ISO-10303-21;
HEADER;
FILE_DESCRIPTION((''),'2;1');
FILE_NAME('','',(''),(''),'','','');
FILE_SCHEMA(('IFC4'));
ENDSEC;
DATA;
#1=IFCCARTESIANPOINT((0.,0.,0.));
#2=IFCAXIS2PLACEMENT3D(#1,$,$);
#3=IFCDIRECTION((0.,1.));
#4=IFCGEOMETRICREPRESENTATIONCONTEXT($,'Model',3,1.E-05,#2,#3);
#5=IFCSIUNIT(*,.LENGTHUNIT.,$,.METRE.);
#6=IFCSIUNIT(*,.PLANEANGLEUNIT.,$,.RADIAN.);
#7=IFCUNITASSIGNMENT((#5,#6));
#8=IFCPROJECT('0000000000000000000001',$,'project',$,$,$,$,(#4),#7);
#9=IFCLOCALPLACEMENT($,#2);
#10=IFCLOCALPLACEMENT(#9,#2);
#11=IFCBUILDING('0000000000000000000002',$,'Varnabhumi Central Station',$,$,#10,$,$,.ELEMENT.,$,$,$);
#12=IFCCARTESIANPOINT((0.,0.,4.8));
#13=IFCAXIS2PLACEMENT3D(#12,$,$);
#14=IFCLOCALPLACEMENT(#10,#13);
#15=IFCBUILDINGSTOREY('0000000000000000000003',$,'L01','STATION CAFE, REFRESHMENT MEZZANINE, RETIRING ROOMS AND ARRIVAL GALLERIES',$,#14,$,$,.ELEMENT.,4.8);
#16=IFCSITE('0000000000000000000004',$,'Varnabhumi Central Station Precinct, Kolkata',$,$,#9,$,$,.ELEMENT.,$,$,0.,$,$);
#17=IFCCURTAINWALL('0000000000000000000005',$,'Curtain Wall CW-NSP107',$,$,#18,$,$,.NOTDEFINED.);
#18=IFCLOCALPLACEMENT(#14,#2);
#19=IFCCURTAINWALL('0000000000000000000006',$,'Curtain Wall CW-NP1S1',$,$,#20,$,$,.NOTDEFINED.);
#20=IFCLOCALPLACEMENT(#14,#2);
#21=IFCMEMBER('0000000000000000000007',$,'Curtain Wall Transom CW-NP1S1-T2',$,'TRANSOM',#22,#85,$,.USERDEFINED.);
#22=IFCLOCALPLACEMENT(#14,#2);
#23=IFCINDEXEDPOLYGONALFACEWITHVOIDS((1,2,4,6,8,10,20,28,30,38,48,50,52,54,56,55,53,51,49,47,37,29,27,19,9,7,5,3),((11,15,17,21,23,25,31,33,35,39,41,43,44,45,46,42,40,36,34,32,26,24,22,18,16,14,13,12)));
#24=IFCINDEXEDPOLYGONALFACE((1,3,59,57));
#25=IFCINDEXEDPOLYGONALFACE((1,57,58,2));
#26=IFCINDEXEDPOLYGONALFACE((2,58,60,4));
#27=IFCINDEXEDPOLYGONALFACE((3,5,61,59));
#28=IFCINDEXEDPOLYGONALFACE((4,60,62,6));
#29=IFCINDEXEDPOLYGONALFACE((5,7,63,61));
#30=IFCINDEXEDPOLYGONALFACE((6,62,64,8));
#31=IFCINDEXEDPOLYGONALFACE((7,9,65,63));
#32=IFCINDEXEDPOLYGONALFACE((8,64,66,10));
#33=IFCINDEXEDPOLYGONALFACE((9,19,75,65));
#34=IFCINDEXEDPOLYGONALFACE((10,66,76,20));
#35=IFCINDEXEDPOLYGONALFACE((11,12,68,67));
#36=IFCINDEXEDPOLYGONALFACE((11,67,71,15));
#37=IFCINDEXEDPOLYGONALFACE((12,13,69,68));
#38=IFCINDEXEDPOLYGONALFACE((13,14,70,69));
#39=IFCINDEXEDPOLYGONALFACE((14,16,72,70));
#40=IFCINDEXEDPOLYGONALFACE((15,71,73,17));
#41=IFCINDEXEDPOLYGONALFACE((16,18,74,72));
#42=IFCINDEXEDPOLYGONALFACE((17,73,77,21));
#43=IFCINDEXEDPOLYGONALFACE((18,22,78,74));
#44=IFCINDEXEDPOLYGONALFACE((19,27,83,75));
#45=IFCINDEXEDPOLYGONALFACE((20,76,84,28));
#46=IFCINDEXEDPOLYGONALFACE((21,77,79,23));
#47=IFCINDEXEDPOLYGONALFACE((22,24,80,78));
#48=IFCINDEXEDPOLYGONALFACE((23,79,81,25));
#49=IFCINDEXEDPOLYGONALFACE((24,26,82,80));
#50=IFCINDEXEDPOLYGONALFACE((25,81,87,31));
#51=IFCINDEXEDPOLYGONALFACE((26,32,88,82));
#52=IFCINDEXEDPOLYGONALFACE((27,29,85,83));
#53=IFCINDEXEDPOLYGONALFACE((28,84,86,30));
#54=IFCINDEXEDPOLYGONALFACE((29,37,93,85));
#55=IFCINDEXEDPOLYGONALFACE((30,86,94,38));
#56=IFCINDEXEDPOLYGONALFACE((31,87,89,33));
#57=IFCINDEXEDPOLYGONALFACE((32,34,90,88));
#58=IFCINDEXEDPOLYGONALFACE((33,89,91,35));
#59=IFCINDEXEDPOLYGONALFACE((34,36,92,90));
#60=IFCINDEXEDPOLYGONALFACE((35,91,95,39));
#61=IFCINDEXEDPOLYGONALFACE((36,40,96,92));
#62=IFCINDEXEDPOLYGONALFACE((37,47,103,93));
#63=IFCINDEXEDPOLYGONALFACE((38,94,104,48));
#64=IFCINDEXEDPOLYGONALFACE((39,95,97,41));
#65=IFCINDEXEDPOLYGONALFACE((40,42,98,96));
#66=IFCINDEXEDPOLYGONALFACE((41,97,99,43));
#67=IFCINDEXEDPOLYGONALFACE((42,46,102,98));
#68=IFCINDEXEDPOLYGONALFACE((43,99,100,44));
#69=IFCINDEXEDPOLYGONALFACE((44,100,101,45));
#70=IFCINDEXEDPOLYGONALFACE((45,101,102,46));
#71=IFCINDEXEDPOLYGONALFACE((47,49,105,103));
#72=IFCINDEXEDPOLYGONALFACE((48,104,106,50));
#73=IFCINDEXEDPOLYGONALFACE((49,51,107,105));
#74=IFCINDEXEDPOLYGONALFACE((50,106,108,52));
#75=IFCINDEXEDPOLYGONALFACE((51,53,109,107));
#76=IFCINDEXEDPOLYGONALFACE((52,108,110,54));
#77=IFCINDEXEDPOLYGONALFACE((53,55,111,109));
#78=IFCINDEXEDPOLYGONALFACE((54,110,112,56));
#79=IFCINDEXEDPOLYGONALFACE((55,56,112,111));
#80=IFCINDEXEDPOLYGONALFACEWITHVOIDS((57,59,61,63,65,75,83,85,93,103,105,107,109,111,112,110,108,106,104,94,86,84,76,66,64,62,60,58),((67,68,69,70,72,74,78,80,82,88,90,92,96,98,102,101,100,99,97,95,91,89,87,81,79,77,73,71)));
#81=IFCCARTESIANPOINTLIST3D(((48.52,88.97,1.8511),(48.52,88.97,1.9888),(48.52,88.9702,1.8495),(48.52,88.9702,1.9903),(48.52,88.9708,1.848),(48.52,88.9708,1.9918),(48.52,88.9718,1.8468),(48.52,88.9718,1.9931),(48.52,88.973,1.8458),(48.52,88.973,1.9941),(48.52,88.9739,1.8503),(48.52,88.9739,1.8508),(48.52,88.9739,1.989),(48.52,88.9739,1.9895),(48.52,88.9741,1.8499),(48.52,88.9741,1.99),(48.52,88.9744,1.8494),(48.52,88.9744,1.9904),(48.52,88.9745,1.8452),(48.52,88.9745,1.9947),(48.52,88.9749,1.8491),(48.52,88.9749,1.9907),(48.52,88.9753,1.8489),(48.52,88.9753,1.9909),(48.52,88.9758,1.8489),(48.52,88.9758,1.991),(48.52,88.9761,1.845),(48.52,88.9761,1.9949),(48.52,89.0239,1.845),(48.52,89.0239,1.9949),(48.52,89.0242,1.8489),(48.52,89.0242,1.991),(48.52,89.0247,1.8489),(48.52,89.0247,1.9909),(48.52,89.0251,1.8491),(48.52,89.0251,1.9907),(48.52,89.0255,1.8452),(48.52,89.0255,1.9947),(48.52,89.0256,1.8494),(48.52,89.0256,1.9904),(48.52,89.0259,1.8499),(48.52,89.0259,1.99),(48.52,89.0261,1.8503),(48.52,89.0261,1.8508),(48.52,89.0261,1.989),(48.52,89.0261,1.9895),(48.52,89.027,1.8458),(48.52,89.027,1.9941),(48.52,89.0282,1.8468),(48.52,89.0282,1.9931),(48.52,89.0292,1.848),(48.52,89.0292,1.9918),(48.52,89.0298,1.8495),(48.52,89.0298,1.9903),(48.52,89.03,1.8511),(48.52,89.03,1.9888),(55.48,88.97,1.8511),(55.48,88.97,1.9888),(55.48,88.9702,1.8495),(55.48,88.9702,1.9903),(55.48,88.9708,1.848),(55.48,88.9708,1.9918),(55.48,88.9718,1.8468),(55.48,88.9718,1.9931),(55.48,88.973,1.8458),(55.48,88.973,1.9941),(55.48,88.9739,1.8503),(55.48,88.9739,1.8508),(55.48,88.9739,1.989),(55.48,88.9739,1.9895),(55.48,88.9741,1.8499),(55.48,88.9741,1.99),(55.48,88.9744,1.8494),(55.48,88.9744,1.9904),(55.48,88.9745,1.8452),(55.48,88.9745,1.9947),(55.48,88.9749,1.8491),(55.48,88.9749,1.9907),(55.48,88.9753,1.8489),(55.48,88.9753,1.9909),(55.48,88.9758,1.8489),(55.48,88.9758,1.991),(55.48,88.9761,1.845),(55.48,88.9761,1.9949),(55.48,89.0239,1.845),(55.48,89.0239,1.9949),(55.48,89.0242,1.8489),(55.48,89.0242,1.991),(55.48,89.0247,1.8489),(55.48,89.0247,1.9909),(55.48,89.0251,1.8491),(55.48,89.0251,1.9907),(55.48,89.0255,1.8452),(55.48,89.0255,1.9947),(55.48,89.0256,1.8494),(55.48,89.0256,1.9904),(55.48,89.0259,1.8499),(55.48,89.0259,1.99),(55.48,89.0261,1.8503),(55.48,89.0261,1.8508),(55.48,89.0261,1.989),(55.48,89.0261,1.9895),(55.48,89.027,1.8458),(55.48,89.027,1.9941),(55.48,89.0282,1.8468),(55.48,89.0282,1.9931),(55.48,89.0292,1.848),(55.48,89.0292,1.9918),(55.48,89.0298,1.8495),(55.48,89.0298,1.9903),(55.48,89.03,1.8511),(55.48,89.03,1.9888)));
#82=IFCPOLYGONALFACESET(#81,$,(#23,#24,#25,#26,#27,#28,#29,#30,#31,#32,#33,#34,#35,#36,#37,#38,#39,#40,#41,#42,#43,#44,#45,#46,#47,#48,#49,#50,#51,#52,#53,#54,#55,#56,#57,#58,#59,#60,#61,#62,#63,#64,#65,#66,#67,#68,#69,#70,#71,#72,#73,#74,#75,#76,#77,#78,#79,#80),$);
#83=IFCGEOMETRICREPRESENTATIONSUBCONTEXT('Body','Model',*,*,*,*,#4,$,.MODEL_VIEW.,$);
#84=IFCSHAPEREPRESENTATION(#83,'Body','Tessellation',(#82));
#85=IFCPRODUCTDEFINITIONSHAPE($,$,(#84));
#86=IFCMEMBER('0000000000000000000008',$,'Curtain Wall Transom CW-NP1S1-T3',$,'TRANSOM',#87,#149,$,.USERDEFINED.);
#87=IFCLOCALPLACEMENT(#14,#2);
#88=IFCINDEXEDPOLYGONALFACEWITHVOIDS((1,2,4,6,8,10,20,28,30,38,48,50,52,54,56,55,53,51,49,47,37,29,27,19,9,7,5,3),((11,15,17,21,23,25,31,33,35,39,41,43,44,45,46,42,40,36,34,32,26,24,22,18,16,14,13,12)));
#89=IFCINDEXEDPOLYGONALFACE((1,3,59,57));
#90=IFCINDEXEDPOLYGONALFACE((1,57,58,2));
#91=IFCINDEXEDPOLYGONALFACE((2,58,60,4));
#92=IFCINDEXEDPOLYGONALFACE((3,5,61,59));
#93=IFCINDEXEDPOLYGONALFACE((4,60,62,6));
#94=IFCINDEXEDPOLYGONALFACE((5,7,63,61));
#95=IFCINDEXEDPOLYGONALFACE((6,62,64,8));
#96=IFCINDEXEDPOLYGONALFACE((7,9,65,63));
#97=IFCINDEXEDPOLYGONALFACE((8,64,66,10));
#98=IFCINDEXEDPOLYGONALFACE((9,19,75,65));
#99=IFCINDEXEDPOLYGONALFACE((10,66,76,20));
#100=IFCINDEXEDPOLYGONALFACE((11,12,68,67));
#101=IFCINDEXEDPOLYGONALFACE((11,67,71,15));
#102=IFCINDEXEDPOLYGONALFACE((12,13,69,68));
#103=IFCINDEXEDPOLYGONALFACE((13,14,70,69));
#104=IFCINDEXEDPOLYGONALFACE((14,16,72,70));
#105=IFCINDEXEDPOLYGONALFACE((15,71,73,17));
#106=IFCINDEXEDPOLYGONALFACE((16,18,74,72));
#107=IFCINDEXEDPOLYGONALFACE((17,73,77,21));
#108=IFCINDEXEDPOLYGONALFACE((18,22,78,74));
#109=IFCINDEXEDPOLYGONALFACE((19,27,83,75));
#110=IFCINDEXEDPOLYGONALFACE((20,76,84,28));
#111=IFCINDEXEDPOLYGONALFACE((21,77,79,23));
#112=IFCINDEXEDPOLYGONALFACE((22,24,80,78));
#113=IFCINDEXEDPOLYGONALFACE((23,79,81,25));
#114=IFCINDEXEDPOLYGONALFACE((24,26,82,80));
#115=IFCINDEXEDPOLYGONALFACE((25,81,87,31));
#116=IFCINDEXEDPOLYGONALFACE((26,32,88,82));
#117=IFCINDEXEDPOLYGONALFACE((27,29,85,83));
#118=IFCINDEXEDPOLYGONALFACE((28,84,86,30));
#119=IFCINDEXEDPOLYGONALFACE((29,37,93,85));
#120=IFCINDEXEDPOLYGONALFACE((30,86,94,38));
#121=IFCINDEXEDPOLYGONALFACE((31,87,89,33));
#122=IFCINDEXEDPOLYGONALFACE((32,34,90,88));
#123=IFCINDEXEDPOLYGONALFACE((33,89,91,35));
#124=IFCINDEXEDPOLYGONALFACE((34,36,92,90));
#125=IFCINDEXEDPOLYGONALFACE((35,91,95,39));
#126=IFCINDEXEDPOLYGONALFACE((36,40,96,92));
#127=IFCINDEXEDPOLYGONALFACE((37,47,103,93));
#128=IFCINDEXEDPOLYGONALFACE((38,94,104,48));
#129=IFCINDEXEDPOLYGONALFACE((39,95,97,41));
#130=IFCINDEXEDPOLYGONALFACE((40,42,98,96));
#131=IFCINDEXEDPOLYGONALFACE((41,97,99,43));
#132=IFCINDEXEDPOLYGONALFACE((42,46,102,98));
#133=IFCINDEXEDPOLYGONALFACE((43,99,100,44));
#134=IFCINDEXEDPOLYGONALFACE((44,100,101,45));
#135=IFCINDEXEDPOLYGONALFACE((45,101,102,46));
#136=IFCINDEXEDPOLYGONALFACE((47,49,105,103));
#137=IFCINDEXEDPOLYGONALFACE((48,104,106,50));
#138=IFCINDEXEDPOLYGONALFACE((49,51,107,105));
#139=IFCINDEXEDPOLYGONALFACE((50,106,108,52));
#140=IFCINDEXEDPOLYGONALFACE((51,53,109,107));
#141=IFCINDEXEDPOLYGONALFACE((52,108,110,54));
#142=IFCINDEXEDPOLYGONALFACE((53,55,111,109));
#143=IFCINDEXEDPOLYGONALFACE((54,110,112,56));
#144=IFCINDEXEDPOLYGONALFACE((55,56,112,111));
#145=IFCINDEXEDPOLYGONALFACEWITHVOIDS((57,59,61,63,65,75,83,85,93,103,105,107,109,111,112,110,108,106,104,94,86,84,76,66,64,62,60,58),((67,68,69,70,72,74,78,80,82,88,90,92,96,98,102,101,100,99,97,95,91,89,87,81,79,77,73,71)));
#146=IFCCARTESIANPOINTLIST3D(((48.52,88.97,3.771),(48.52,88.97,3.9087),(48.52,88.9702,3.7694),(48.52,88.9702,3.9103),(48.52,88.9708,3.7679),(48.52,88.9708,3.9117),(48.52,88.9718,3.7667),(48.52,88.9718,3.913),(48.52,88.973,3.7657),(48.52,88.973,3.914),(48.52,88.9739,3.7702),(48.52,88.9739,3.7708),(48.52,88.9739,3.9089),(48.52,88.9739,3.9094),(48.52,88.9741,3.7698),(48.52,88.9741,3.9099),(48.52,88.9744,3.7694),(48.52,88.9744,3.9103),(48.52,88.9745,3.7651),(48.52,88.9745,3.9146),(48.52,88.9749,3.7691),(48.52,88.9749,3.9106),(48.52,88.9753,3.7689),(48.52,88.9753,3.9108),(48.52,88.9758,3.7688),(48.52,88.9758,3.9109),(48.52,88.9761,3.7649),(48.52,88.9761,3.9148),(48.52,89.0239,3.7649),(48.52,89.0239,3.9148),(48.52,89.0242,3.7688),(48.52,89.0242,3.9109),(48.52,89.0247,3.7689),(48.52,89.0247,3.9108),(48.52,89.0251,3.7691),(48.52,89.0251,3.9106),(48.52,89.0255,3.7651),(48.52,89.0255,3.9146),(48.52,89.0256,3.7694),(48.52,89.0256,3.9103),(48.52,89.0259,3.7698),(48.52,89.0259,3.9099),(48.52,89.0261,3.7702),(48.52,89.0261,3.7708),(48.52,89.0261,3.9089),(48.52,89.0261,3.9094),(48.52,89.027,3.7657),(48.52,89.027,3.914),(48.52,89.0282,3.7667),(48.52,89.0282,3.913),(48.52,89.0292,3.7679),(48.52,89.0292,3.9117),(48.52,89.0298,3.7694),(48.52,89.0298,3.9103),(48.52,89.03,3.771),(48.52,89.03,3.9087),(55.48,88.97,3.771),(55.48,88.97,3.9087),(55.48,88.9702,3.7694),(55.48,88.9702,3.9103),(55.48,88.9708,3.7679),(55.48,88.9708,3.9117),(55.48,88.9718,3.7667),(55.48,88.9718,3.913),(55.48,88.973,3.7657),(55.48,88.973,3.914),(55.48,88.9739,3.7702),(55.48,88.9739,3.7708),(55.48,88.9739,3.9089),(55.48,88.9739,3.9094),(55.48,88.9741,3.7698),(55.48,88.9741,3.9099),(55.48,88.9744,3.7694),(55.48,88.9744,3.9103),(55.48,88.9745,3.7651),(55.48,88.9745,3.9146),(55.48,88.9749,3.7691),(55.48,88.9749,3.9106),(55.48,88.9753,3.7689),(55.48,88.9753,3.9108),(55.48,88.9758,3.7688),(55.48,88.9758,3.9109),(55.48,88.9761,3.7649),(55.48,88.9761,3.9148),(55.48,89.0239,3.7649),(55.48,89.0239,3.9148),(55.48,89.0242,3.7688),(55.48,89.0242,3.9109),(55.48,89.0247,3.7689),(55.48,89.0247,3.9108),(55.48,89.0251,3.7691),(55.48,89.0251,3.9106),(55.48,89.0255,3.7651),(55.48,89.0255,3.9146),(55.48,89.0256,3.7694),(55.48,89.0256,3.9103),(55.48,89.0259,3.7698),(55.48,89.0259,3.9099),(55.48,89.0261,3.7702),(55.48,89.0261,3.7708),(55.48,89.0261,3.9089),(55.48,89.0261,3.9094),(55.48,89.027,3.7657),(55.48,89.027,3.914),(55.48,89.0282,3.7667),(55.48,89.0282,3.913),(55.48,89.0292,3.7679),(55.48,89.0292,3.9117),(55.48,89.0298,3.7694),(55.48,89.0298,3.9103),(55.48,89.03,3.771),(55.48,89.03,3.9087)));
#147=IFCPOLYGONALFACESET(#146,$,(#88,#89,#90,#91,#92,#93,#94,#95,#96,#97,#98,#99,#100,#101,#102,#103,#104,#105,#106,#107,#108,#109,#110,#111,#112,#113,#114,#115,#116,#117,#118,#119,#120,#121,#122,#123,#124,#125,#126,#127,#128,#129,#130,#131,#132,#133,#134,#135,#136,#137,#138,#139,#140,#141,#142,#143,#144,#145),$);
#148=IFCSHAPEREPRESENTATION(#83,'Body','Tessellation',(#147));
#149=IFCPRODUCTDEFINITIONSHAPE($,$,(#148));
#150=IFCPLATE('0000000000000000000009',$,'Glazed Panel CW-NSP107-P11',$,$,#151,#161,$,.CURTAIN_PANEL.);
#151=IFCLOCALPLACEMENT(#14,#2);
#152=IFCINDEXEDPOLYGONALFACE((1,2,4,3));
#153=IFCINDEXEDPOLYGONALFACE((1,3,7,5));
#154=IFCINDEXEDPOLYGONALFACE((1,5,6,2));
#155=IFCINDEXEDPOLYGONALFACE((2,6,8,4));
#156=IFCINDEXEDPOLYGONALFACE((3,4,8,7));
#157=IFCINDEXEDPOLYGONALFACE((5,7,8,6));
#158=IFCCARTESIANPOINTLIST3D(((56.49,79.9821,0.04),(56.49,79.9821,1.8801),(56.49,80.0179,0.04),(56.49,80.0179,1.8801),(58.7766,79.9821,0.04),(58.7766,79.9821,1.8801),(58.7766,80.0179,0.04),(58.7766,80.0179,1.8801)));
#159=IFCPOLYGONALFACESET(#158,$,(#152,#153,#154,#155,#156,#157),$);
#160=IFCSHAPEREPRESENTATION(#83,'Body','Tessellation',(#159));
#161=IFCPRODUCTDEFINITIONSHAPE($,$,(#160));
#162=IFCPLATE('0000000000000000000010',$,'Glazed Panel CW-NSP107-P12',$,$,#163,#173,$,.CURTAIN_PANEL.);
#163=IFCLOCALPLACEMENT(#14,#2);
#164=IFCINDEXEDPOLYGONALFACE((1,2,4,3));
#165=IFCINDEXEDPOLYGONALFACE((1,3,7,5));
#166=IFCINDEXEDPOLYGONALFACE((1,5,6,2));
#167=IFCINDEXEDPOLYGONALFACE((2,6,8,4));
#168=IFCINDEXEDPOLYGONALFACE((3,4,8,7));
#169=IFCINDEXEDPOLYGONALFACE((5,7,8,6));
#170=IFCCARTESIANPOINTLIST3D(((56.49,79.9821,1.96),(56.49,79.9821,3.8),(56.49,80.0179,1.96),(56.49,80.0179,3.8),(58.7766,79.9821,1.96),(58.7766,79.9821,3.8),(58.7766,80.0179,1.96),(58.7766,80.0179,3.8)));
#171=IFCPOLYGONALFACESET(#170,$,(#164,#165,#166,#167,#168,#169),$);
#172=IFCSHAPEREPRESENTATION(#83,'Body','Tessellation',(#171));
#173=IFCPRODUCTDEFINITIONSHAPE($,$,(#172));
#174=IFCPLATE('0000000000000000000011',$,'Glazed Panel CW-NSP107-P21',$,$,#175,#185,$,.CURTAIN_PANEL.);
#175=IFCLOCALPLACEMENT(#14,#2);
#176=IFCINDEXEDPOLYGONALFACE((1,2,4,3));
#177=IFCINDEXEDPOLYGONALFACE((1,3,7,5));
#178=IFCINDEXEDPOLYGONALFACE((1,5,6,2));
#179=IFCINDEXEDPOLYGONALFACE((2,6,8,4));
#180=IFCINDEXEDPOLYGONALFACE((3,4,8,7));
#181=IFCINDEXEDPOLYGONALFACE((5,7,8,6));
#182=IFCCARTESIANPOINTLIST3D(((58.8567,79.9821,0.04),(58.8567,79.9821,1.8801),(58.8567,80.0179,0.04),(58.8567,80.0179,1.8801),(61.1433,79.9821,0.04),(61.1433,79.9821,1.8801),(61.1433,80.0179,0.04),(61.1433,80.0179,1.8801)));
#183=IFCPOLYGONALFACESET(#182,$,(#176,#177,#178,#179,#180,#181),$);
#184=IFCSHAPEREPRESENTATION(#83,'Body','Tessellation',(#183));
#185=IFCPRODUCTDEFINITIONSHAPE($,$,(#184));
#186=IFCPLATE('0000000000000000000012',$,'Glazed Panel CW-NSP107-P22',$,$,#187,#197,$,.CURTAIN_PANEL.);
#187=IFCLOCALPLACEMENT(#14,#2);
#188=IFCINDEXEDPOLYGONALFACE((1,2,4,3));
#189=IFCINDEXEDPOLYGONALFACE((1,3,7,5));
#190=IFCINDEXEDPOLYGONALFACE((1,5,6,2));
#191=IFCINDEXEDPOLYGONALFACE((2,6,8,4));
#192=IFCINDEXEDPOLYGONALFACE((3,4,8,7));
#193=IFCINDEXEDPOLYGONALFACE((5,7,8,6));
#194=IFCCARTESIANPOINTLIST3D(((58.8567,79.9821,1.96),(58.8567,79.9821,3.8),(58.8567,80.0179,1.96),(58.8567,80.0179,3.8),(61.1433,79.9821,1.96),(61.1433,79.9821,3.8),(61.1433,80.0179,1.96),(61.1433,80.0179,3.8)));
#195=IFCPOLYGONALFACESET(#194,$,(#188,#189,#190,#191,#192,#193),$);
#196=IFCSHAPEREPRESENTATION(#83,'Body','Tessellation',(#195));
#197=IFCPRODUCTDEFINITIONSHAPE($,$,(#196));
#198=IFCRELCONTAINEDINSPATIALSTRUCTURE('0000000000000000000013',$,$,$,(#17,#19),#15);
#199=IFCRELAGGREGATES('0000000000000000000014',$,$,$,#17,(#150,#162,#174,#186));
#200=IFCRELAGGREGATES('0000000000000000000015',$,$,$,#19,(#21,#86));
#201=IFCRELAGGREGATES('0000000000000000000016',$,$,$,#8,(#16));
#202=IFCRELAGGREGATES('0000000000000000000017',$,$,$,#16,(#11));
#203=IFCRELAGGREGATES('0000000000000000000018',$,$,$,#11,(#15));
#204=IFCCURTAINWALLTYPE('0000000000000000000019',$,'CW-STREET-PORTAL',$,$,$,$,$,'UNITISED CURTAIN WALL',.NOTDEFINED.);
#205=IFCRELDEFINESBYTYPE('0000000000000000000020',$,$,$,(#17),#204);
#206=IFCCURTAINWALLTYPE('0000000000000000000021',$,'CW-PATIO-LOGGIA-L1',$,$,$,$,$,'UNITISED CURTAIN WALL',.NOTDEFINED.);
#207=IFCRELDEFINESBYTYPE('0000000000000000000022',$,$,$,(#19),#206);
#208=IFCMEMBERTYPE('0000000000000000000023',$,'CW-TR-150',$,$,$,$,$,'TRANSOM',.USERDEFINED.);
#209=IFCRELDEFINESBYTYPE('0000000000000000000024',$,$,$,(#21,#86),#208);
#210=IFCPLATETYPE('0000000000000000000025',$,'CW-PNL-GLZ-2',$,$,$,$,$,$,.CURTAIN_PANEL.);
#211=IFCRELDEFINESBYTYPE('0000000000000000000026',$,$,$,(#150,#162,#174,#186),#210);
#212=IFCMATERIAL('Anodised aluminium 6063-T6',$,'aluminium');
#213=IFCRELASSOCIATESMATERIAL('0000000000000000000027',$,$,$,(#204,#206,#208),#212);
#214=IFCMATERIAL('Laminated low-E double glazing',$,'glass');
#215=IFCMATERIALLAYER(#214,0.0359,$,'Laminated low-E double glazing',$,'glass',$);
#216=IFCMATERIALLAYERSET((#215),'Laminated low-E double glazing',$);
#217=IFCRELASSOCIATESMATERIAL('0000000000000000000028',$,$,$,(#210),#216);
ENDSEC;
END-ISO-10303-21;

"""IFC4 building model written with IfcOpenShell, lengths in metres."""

from ifc_helpers import new_model, si_unit, direction, frame, origin, origin_2d, place, context, subcontext, project, spatial, rectangle, hollow_rectangle, extrude, material, layer, layer_set, material_profile, profile_set, type_object, element, aggregate, save


model = new_model("IFC4")

# Units and contexts
model_context = context("Model", 3, precision=1e-05, world=origin(), true_north=direction((0.0, 1.0)))
body_context = subcontext(model_context, "Body", "Model", "MODEL_VIEW")
ifc_project = project(units=[si_unit("LENGTHUNIT", "METRE"), si_unit("PLANEANGLEUNIT", "RADIAN")], contexts=[model_context])

# Site, building, storey
site_placement = place(None, origin())
site = spatial("IfcSite", under=ifc_project, at=site_placement, Name="Varnabhumi Central Station Precinct, Kolkata", CompositionType="ELEMENT", RefElevation=0.0)
building_placement = place(site_placement, origin())
building = spatial("IfcBuilding", under=site, at=building_placement, Name="Varnabhumi Central Station", CompositionType="ELEMENT")
storey_placement = place(building_placement, frame((0.0, 0.0, 4.8)))
storey = spatial("IfcBuildingStorey", under=building, at=storey_placement, Name="L01", Description="STATION CAFE, REFRESHMENT MEZZANINE, RETIRING ROOMS AND ARRIVAL GALLERIES", CompositionType="ELEMENT", Elevation=4.8)

# Curtain walls
ifc_material_1 = material(Name="Anodised aluminium 6063-T6", Category="aluminium")
curtain_wall_type_1 = type_object("IfcCurtainWallType", Name="CW-STREET-PORTAL", ElementType="UNITISED CURTAIN WALL", PredefinedType="NOTDEFINED", material=ifc_material_1)
curtain_wall_1_placement = place(storey_placement, origin())
curtain_wall_1 = element("IfcCurtainWall", 1, at=curtain_wall_1_placement, inside=storey, type_object=curtain_wall_type_1, Name="Curtain Wall CW-NSP107", PredefinedType="NOTDEFINED")
curtain_wall_type_2 = type_object("IfcCurtainWallType", Name="CW-PATIO-LOGGIA-L1", ElementType="UNITISED CURTAIN WALL", PredefinedType="NOTDEFINED", material=ifc_material_1)
curtain_wall_2_placement = place(storey_placement, origin())
curtain_wall_2 = element("IfcCurtainWall", 2, at=curtain_wall_2_placement, inside=storey, type_object=curtain_wall_type_2, Name="Curtain Wall CW-NP1S1", PredefinedType="NOTDEFINED")

# Members
ifc_material_profile_1 = material_profile(ifc_material_1, hollow_rectangle(XDim=0.0601, YDim=0.1499, WallThickness=0.0039, InnerFilletRadius=0.002, OuterFilletRadius=0.0061, at=origin_2d()), Name="Anodised aluminium 6063-T6", Category="aluminium")
ifc_profile_set_1 = profile_set([ifc_material_profile_1], Name="Anodised aluminium 6063-T6")
member_type_1 = type_object("IfcMemberType", Name="CW-TR-150", ElementType="TRANSOM", PredefinedType="USERDEFINED", material=ifc_profile_set_1)
member_1_placement = place(storey_placement, frame((48.52, 89.0, 1.9199), z_axis=(1.0, 0.0, 0.0), x_axis=(0.0, 1.0, 0.0)))
member_1 = element("IfcMember", 3, at=member_1_placement, type_object=member_type_1, Name="Curtain Wall Transom CW-NP1S1-T2", ObjectType="TRANSOM", PredefinedType="USERDEFINED", context=body_context, shape_type="SweptSolid", body=[
    extrude(hollow_rectangle(XDim=0.0601, YDim=0.1499, WallThickness=0.0039, InnerFilletRadius=0.002, OuterFilletRadius=0.0061, at=origin_2d()), origin(), (0.0, 0.0, 1.0), 6.96),
])
member_2_placement = place(storey_placement, frame((48.52, 89.0, 3.8398), z_axis=(1.0, 0.0, 0.0), x_axis=(0.0, 1.0, 0.0)))
member_2 = element("IfcMember", 4, at=member_2_placement, type_object=member_type_1, Name="Curtain Wall Transom CW-NP1S1-T3", ObjectType="TRANSOM", PredefinedType="USERDEFINED", context=body_context, shape_type="SweptSolid", body=[
    extrude(hollow_rectangle(XDim=0.0601, YDim=0.1499, WallThickness=0.0039, InnerFilletRadius=0.002, OuterFilletRadius=0.0061, at=origin_2d()), origin(), (0.0, 0.0, 1.0), 6.96),
])

# Plates
ifc_material_2 = material(Name="Laminated low-E double glazing", Category="glass")
ifc_layer_1 = layer(ifc_material_2, 0.0359, Name="Laminated low-E double glazing", Category="glass")
ifc_layer_set_1 = layer_set([ifc_layer_1], Name="Laminated low-E double glazing")
plate_type_1 = type_object("IfcPlateType", Name="CW-PNL-GLZ-2", PredefinedType="CURTAIN_PANEL", material=ifc_layer_set_1)
plate_1_placement = place(storey_placement, frame((57.6333, 80.0, 0.04), z_axis=(0.0, 0.0, 1.0), x_axis=(1.0, 0.0, 0.0)))
plate_1 = element("IfcPlate", 5, at=plate_1_placement, type_object=plate_type_1, Name="Glazed Panel CW-NSP107-P11", PredefinedType="CURTAIN_PANEL", context=body_context, shape_type="SweptSolid", body=[
    extrude(rectangle(XDim=2.2866, YDim=0.0359, at=origin_2d()), origin(), (0.0, 0.0, 1.0), 1.8401),
])
plate_2_placement = place(storey_placement, frame((57.6333, 80.0, 1.96), z_axis=(0.0, 0.0, 1.0), x_axis=(1.0, 0.0, 0.0)))
plate_2 = element("IfcPlate", 6, at=plate_2_placement, type_object=plate_type_1, Name="Glazed Panel CW-NSP107-P12", PredefinedType="CURTAIN_PANEL", context=body_context, shape_type="SweptSolid", body=[
    extrude(rectangle(XDim=2.2866, YDim=0.0359, at=origin_2d()), origin(), (0.0, 0.0, 1.0), 1.8401),
])
plate_3_placement = place(storey_placement, frame((60.0, 80.0, 0.04), z_axis=(0.0, 0.0, 1.0), x_axis=(1.0, 0.0, 0.0)))
plate_3 = element("IfcPlate", 7, at=plate_3_placement, type_object=plate_type_1, Name="Glazed Panel CW-NSP107-P21", PredefinedType="CURTAIN_PANEL", context=body_context, shape_type="SweptSolid", body=[
    extrude(rectangle(XDim=2.2866, YDim=0.0359, at=origin_2d()), origin(), (0.0, 0.0, 1.0), 1.8401),
])
plate_4_placement = place(storey_placement, frame((60.0, 80.0, 1.96), z_axis=(0.0, 0.0, 1.0), x_axis=(1.0, 0.0, 0.0)))
plate_4 = element("IfcPlate", 8, at=plate_4_placement, type_object=plate_type_1, Name="Glazed Panel CW-NSP107-P22", PredefinedType="CURTAIN_PANEL", context=body_context, shape_type="SweptSolid", body=[
    extrude(rectangle(XDim=2.2866, YDim=0.0359, at=origin_2d()), origin(), (0.0, 0.0, 1.0), 1.8401),
])
aggregate(curtain_wall_1, [plate_1, plate_2, plate_3, plate_4])
aggregate(curtain_wall_2, [member_1, member_2])

save(model, "model.ifc")
